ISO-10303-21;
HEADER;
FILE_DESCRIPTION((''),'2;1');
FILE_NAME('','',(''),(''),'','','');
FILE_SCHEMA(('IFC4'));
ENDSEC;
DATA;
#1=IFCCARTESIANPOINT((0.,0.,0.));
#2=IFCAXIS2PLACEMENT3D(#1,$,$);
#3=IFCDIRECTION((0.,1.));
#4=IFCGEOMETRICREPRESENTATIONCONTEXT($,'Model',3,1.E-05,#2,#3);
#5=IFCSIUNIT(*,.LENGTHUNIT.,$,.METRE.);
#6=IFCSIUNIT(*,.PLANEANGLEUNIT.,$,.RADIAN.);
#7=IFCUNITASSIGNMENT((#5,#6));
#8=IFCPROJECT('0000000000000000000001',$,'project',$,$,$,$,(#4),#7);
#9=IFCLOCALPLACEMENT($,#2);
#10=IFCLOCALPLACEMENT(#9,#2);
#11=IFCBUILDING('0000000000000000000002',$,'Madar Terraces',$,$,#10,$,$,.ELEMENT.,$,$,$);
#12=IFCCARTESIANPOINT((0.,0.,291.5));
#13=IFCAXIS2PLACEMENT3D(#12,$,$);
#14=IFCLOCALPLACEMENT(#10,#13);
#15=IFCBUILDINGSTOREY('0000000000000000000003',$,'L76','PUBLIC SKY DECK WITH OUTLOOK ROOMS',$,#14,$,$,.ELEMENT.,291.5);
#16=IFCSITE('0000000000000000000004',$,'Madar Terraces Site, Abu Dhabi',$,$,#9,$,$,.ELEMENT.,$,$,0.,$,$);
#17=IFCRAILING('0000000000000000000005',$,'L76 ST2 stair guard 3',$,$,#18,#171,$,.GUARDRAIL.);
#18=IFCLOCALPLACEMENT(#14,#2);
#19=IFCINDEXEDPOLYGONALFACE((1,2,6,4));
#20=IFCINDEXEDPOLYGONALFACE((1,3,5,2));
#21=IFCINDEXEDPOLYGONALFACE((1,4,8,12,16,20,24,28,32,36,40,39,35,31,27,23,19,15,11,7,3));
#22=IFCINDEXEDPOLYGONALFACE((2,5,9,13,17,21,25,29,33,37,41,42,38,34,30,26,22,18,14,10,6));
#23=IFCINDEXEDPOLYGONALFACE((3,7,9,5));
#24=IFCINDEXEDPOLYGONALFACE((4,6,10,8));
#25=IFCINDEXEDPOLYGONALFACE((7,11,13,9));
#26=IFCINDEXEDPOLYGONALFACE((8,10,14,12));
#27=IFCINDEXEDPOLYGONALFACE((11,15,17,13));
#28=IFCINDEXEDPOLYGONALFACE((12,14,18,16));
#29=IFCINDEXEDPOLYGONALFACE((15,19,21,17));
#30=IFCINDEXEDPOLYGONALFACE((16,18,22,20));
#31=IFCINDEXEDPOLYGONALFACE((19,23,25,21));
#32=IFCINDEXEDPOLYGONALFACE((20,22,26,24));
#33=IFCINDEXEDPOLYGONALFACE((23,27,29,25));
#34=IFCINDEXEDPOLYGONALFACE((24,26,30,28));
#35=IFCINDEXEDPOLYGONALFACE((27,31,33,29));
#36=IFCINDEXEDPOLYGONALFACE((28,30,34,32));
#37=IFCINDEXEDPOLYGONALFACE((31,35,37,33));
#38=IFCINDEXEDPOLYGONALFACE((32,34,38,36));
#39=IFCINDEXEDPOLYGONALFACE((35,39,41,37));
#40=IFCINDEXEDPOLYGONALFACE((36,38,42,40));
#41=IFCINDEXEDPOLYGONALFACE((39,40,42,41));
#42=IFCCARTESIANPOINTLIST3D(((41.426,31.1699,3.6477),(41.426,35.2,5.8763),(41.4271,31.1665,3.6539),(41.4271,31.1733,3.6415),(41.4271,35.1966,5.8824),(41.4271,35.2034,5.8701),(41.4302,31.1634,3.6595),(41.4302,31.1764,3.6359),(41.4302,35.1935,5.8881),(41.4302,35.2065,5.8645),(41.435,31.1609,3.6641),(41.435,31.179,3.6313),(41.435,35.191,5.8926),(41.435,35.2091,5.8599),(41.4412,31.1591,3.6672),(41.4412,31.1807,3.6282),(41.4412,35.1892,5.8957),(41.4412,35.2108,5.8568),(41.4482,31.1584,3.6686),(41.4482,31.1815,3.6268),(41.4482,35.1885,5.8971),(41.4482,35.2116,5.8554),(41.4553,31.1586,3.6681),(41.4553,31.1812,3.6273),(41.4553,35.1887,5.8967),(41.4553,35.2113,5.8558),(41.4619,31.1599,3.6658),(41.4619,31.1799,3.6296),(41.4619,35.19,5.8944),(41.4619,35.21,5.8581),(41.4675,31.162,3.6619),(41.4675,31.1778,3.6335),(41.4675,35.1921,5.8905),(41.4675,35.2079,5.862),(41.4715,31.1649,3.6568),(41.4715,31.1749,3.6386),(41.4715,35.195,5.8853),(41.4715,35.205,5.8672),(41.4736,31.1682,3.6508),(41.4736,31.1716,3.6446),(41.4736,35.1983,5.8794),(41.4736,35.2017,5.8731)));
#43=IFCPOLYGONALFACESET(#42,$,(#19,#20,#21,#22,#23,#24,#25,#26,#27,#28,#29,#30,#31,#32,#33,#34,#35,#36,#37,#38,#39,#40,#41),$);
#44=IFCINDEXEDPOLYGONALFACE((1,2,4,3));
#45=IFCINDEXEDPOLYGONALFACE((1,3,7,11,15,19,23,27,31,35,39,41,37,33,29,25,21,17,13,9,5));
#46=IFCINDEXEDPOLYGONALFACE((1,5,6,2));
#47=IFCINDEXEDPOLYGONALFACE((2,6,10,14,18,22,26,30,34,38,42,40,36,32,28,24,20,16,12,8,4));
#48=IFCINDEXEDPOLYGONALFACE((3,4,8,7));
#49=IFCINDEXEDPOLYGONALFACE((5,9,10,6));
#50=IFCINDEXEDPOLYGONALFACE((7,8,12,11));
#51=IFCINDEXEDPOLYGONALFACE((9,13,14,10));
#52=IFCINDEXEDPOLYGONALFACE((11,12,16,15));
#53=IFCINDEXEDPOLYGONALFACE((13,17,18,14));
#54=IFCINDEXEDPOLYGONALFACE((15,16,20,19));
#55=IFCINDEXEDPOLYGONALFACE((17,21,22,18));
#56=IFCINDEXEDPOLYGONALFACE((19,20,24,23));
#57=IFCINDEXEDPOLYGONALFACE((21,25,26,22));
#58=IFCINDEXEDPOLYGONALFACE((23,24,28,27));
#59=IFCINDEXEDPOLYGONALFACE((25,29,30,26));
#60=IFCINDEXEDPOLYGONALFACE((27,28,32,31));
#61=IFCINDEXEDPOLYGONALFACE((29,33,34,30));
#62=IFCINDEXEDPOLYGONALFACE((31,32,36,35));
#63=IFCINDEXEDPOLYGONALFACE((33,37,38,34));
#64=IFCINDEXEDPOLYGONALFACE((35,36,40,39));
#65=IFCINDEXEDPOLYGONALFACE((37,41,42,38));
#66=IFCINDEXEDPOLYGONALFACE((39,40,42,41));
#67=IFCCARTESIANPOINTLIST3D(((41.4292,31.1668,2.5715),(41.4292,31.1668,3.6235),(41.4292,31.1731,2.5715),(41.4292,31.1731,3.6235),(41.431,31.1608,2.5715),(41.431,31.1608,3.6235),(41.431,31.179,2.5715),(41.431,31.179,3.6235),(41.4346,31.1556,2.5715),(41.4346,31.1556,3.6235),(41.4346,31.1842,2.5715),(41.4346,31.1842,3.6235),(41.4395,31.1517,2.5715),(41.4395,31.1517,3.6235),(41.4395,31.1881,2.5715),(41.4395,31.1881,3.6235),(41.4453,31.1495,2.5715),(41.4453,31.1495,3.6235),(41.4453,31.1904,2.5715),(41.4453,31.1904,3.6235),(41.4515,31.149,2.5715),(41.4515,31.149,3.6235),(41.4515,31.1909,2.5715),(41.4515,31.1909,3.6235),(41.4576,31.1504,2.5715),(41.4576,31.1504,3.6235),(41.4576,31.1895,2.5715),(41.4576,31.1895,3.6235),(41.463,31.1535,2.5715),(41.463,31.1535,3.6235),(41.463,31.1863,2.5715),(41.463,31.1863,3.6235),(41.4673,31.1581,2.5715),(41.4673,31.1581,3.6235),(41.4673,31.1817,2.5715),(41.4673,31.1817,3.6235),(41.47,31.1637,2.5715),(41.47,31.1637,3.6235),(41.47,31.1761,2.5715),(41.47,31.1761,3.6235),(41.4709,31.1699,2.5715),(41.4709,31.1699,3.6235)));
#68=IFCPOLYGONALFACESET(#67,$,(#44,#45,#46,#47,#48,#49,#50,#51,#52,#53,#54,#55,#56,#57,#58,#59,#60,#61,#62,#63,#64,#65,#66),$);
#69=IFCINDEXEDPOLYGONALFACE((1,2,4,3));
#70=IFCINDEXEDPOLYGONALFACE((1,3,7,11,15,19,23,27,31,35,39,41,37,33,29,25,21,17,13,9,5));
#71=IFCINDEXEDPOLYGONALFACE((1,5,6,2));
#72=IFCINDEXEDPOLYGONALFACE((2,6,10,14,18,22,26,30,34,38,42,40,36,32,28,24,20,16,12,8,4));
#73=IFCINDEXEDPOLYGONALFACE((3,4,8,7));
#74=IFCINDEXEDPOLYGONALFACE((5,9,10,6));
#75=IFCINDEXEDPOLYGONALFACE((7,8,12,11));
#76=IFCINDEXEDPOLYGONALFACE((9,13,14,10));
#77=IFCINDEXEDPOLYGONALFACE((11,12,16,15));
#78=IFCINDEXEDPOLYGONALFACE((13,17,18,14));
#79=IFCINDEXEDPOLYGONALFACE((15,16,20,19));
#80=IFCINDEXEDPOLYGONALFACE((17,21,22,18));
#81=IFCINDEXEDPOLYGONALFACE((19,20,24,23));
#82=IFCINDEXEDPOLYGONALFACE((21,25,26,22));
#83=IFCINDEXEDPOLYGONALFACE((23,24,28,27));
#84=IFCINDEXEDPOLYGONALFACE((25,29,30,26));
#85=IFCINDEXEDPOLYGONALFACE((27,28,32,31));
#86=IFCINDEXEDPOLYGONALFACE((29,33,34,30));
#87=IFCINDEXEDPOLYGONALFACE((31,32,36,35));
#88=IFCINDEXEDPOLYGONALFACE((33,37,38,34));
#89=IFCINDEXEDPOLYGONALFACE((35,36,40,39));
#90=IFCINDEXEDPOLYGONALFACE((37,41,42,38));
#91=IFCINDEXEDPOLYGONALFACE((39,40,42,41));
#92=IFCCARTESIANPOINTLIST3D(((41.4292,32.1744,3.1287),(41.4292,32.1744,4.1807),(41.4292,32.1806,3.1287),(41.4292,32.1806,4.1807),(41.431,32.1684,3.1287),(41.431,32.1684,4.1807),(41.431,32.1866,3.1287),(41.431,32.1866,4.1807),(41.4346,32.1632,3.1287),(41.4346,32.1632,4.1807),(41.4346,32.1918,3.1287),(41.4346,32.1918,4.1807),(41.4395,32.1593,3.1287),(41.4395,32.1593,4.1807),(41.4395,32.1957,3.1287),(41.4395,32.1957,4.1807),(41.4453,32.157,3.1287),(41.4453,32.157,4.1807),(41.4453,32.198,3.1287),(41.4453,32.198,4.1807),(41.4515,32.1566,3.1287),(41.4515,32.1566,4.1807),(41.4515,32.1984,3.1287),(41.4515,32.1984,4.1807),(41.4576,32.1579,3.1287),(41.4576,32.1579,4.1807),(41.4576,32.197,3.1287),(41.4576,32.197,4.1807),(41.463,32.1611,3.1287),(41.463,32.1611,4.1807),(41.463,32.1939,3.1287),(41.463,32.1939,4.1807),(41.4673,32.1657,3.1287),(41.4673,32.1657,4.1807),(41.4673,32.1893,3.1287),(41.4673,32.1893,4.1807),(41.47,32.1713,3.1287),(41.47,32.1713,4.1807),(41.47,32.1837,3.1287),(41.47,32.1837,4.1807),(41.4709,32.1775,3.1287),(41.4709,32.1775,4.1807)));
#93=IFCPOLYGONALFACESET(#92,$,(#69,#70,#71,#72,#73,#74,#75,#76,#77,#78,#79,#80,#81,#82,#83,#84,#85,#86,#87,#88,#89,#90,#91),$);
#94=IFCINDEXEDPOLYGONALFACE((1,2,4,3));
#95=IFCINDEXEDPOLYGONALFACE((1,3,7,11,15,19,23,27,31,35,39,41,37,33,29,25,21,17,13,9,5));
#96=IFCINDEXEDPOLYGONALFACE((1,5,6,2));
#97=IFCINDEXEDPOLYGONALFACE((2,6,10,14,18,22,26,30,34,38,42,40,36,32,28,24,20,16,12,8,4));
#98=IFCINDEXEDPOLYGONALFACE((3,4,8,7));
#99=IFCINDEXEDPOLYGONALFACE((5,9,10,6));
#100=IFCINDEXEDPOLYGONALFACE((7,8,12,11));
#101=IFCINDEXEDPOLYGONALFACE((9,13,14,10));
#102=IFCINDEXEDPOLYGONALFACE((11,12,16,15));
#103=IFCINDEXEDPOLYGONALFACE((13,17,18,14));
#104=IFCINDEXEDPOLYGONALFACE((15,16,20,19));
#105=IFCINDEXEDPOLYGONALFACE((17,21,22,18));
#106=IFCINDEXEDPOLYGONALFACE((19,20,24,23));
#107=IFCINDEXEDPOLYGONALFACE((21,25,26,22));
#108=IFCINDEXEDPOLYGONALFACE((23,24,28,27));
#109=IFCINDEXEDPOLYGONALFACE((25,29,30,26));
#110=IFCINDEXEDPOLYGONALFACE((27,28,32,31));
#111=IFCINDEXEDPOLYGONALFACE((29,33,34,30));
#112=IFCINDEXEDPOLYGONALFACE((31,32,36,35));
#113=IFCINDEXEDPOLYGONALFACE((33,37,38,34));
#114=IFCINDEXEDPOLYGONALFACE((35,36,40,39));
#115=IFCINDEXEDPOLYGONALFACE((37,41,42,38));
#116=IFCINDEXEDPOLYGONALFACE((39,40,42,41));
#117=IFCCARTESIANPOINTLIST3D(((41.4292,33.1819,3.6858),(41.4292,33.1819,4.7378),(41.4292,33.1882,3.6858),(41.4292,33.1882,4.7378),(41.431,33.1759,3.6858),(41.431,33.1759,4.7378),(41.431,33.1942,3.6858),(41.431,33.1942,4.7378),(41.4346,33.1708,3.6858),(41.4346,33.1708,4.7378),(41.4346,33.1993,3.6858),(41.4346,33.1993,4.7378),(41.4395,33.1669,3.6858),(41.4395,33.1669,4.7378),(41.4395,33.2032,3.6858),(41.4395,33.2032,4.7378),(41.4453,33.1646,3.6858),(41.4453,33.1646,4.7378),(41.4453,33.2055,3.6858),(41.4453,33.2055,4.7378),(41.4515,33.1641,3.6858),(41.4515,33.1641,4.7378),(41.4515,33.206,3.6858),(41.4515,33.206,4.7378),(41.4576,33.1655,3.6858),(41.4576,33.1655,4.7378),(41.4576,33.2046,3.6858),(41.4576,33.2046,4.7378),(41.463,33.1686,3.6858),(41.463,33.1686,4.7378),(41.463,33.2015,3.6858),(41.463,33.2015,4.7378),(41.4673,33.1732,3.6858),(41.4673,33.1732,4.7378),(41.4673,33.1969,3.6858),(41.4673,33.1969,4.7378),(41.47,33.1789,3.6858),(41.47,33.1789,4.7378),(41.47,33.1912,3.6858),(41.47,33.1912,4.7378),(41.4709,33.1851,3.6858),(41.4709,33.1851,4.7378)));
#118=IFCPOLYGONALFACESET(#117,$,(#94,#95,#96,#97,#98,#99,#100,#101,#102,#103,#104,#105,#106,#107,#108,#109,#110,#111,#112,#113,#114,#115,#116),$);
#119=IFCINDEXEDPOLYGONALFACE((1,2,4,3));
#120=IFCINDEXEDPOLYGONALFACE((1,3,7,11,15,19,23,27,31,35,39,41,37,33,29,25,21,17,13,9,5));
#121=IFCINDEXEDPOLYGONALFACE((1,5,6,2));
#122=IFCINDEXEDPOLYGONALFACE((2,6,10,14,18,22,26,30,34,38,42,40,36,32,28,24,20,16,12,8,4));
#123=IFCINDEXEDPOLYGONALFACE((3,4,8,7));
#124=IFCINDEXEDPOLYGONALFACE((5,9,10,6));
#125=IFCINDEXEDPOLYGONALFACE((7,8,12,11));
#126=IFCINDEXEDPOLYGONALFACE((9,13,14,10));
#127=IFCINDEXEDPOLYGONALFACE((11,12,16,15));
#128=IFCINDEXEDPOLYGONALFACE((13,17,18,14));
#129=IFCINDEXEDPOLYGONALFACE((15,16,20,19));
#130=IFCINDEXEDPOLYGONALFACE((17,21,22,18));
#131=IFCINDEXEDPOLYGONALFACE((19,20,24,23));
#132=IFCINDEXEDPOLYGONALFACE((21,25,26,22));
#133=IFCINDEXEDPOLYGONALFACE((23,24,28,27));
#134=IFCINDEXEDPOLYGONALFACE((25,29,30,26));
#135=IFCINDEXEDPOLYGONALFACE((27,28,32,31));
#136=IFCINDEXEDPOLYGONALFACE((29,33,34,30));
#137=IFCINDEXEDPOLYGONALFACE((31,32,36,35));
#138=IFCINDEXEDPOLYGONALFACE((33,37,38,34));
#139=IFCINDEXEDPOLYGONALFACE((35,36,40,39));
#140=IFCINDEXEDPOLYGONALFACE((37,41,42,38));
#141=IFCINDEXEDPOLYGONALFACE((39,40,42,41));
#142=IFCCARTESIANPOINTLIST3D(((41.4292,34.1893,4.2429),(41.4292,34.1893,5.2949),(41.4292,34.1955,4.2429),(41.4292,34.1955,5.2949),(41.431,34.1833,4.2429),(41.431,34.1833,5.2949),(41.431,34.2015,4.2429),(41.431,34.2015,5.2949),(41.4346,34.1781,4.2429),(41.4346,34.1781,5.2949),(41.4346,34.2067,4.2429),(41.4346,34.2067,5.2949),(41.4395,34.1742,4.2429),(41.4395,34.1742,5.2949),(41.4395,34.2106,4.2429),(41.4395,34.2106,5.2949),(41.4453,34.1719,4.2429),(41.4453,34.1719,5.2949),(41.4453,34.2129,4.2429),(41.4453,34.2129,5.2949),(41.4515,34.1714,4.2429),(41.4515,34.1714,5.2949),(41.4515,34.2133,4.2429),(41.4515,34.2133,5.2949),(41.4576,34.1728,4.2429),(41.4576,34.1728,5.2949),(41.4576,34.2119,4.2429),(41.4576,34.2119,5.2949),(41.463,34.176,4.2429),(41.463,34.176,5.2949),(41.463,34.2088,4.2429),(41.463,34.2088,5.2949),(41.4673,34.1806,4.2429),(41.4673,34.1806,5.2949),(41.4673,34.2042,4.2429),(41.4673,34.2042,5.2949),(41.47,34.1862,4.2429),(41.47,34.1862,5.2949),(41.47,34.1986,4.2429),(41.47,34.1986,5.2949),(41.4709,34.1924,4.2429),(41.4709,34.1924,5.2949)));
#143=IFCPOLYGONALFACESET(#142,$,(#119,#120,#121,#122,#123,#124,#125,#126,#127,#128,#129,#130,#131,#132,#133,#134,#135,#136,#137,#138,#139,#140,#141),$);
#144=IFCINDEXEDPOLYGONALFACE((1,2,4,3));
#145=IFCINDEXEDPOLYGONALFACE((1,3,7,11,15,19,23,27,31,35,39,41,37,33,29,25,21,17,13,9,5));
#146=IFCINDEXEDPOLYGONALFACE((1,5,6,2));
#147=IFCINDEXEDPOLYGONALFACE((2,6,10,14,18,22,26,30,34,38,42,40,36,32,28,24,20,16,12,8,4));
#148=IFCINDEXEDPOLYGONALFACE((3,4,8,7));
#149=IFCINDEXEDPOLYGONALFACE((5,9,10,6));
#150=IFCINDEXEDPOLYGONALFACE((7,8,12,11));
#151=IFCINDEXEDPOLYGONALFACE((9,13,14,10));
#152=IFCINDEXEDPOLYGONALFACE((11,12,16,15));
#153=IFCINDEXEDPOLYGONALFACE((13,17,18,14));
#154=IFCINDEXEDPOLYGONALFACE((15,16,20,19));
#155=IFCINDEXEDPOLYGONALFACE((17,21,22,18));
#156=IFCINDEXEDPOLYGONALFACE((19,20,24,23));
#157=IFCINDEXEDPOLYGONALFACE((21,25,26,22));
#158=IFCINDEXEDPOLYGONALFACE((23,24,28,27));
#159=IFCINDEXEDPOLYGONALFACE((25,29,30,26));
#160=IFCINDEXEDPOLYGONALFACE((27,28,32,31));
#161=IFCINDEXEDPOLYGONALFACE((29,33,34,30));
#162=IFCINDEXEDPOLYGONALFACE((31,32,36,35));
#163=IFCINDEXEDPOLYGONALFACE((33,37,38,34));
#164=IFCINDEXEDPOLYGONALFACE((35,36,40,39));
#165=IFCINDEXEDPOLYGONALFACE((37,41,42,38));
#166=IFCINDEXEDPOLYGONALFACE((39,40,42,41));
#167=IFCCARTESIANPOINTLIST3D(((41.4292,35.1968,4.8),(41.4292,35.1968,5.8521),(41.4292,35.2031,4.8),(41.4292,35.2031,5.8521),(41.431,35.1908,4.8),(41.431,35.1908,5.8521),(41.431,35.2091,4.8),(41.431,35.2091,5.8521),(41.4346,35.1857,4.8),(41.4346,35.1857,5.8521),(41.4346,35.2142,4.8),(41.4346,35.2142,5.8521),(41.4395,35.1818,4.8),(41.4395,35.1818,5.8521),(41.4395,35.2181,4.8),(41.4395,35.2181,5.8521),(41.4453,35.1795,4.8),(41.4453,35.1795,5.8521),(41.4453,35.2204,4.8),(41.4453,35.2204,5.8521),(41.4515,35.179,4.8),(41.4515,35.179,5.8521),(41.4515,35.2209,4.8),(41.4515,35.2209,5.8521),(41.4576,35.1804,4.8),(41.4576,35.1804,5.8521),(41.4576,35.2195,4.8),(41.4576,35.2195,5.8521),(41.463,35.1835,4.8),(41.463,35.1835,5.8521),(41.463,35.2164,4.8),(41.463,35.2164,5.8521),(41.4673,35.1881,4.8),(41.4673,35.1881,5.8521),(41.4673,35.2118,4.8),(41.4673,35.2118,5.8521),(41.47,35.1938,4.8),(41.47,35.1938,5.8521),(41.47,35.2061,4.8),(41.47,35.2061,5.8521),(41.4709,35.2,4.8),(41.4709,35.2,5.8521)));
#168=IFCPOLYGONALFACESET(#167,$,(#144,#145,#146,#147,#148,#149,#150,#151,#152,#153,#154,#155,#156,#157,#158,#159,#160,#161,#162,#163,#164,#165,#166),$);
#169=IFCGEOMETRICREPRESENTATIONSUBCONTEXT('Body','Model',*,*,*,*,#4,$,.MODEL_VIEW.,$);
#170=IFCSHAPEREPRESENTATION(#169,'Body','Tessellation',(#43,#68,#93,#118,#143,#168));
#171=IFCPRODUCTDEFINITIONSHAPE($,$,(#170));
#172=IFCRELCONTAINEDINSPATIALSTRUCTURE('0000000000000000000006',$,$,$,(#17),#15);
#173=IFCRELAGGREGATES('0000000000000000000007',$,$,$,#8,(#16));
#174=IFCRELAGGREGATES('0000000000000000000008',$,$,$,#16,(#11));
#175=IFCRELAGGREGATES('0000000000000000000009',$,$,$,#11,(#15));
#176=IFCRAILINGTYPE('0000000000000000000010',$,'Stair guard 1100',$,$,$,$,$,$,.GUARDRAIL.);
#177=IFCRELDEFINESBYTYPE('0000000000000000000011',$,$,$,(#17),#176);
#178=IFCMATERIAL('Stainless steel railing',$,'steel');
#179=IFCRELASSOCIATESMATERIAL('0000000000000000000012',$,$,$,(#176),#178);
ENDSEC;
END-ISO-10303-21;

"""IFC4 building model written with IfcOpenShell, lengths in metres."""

from ifc_helpers import new_model, si_unit, direction, frame, origin, origin_2d, place, context, subcontext, project, spatial, circle, extrude, material, type_object, element, save


model = new_model("IFC4")

# Units and contexts
model_context = context("Model", 3, precision=1e-05, world=origin(), true_north=direction((0.0, 1.0)))
body_context = subcontext(model_context, "Body", "Model", "MODEL_VIEW")
ifc_project = project(units=[si_unit("LENGTHUNIT", "METRE"), si_unit("PLANEANGLEUNIT", "RADIAN")], contexts=[model_context])

# Site, building, storey
site_placement = place(None, origin())
site = spatial("IfcSite", under=ifc_project, at=site_placement, Name="Madar Terraces Site, Abu Dhabi", CompositionType="ELEMENT", RefElevation=0.0)
building_placement = place(site_placement, origin())
building = spatial("IfcBuilding", under=site, at=building_placement, Name="Madar Terraces", CompositionType="ELEMENT")
storey_placement = place(building_placement, frame((0.0, 0.0, 291.5)))
storey = spatial("IfcBuildingStorey", under=building, at=storey_placement, Name="L76", Description="PUBLIC SKY DECK WITH OUTLOOK ROOMS", CompositionType="ELEMENT", Elevation=291.5)

# Railing
ifc_material_1 = material(Name="Stainless steel railing", Category="steel")
railing_type_1 = type_object("IfcRailingType", Name="Stair guard 1100", PredefinedType="GUARDRAIL", material=ifc_material_1)
railing_1_placement = place(storey_placement, frame((41.45, 31.1699, 2.5715)))
element("IfcRailing", 1, at=railing_1_placement, inside=storey, type_object=railing_type_1, Name="L76 ST2 stair guard 3", PredefinedType="GUARDRAIL", context=body_context, shape_type="SweptSolid", body=[
    extrude(circle(Radius=0.0239, at=origin_2d()), frame((0.0, 0.0, 1.0762), z_axis=(0.0, 0.875113, 0.483918), x_axis=(-1.0, 0.0, 0.0)), (0.0, 0.0, 1.0), 4.6052),
    extrude(circle(Radius=0.021, at=origin_2d()), origin(), (0.0, 0.0, 1.0), 1.052),
    extrude(circle(Radius=0.021, at=origin_2d()), frame((0.0, 1.0076, 0.5571)), (0.0, 0.0, 1.0), 1.052),
    extrude(circle(Radius=0.021, at=origin_2d()), frame((0.0, 2.0151, 1.1143)), (0.0, 0.0, 1.0), 1.052),
    extrude(circle(Radius=0.021, at=origin_2d()), frame((0.0, 3.0225, 1.6714)), (0.0, 0.0, 1.0), 1.052),
    extrude(circle(Radius=0.021, at=origin_2d()), frame((0.0, 4.03, 2.2285)), (0.0, 0.0, 1.0), 1.052),
])

save(model, "model.ifc")
